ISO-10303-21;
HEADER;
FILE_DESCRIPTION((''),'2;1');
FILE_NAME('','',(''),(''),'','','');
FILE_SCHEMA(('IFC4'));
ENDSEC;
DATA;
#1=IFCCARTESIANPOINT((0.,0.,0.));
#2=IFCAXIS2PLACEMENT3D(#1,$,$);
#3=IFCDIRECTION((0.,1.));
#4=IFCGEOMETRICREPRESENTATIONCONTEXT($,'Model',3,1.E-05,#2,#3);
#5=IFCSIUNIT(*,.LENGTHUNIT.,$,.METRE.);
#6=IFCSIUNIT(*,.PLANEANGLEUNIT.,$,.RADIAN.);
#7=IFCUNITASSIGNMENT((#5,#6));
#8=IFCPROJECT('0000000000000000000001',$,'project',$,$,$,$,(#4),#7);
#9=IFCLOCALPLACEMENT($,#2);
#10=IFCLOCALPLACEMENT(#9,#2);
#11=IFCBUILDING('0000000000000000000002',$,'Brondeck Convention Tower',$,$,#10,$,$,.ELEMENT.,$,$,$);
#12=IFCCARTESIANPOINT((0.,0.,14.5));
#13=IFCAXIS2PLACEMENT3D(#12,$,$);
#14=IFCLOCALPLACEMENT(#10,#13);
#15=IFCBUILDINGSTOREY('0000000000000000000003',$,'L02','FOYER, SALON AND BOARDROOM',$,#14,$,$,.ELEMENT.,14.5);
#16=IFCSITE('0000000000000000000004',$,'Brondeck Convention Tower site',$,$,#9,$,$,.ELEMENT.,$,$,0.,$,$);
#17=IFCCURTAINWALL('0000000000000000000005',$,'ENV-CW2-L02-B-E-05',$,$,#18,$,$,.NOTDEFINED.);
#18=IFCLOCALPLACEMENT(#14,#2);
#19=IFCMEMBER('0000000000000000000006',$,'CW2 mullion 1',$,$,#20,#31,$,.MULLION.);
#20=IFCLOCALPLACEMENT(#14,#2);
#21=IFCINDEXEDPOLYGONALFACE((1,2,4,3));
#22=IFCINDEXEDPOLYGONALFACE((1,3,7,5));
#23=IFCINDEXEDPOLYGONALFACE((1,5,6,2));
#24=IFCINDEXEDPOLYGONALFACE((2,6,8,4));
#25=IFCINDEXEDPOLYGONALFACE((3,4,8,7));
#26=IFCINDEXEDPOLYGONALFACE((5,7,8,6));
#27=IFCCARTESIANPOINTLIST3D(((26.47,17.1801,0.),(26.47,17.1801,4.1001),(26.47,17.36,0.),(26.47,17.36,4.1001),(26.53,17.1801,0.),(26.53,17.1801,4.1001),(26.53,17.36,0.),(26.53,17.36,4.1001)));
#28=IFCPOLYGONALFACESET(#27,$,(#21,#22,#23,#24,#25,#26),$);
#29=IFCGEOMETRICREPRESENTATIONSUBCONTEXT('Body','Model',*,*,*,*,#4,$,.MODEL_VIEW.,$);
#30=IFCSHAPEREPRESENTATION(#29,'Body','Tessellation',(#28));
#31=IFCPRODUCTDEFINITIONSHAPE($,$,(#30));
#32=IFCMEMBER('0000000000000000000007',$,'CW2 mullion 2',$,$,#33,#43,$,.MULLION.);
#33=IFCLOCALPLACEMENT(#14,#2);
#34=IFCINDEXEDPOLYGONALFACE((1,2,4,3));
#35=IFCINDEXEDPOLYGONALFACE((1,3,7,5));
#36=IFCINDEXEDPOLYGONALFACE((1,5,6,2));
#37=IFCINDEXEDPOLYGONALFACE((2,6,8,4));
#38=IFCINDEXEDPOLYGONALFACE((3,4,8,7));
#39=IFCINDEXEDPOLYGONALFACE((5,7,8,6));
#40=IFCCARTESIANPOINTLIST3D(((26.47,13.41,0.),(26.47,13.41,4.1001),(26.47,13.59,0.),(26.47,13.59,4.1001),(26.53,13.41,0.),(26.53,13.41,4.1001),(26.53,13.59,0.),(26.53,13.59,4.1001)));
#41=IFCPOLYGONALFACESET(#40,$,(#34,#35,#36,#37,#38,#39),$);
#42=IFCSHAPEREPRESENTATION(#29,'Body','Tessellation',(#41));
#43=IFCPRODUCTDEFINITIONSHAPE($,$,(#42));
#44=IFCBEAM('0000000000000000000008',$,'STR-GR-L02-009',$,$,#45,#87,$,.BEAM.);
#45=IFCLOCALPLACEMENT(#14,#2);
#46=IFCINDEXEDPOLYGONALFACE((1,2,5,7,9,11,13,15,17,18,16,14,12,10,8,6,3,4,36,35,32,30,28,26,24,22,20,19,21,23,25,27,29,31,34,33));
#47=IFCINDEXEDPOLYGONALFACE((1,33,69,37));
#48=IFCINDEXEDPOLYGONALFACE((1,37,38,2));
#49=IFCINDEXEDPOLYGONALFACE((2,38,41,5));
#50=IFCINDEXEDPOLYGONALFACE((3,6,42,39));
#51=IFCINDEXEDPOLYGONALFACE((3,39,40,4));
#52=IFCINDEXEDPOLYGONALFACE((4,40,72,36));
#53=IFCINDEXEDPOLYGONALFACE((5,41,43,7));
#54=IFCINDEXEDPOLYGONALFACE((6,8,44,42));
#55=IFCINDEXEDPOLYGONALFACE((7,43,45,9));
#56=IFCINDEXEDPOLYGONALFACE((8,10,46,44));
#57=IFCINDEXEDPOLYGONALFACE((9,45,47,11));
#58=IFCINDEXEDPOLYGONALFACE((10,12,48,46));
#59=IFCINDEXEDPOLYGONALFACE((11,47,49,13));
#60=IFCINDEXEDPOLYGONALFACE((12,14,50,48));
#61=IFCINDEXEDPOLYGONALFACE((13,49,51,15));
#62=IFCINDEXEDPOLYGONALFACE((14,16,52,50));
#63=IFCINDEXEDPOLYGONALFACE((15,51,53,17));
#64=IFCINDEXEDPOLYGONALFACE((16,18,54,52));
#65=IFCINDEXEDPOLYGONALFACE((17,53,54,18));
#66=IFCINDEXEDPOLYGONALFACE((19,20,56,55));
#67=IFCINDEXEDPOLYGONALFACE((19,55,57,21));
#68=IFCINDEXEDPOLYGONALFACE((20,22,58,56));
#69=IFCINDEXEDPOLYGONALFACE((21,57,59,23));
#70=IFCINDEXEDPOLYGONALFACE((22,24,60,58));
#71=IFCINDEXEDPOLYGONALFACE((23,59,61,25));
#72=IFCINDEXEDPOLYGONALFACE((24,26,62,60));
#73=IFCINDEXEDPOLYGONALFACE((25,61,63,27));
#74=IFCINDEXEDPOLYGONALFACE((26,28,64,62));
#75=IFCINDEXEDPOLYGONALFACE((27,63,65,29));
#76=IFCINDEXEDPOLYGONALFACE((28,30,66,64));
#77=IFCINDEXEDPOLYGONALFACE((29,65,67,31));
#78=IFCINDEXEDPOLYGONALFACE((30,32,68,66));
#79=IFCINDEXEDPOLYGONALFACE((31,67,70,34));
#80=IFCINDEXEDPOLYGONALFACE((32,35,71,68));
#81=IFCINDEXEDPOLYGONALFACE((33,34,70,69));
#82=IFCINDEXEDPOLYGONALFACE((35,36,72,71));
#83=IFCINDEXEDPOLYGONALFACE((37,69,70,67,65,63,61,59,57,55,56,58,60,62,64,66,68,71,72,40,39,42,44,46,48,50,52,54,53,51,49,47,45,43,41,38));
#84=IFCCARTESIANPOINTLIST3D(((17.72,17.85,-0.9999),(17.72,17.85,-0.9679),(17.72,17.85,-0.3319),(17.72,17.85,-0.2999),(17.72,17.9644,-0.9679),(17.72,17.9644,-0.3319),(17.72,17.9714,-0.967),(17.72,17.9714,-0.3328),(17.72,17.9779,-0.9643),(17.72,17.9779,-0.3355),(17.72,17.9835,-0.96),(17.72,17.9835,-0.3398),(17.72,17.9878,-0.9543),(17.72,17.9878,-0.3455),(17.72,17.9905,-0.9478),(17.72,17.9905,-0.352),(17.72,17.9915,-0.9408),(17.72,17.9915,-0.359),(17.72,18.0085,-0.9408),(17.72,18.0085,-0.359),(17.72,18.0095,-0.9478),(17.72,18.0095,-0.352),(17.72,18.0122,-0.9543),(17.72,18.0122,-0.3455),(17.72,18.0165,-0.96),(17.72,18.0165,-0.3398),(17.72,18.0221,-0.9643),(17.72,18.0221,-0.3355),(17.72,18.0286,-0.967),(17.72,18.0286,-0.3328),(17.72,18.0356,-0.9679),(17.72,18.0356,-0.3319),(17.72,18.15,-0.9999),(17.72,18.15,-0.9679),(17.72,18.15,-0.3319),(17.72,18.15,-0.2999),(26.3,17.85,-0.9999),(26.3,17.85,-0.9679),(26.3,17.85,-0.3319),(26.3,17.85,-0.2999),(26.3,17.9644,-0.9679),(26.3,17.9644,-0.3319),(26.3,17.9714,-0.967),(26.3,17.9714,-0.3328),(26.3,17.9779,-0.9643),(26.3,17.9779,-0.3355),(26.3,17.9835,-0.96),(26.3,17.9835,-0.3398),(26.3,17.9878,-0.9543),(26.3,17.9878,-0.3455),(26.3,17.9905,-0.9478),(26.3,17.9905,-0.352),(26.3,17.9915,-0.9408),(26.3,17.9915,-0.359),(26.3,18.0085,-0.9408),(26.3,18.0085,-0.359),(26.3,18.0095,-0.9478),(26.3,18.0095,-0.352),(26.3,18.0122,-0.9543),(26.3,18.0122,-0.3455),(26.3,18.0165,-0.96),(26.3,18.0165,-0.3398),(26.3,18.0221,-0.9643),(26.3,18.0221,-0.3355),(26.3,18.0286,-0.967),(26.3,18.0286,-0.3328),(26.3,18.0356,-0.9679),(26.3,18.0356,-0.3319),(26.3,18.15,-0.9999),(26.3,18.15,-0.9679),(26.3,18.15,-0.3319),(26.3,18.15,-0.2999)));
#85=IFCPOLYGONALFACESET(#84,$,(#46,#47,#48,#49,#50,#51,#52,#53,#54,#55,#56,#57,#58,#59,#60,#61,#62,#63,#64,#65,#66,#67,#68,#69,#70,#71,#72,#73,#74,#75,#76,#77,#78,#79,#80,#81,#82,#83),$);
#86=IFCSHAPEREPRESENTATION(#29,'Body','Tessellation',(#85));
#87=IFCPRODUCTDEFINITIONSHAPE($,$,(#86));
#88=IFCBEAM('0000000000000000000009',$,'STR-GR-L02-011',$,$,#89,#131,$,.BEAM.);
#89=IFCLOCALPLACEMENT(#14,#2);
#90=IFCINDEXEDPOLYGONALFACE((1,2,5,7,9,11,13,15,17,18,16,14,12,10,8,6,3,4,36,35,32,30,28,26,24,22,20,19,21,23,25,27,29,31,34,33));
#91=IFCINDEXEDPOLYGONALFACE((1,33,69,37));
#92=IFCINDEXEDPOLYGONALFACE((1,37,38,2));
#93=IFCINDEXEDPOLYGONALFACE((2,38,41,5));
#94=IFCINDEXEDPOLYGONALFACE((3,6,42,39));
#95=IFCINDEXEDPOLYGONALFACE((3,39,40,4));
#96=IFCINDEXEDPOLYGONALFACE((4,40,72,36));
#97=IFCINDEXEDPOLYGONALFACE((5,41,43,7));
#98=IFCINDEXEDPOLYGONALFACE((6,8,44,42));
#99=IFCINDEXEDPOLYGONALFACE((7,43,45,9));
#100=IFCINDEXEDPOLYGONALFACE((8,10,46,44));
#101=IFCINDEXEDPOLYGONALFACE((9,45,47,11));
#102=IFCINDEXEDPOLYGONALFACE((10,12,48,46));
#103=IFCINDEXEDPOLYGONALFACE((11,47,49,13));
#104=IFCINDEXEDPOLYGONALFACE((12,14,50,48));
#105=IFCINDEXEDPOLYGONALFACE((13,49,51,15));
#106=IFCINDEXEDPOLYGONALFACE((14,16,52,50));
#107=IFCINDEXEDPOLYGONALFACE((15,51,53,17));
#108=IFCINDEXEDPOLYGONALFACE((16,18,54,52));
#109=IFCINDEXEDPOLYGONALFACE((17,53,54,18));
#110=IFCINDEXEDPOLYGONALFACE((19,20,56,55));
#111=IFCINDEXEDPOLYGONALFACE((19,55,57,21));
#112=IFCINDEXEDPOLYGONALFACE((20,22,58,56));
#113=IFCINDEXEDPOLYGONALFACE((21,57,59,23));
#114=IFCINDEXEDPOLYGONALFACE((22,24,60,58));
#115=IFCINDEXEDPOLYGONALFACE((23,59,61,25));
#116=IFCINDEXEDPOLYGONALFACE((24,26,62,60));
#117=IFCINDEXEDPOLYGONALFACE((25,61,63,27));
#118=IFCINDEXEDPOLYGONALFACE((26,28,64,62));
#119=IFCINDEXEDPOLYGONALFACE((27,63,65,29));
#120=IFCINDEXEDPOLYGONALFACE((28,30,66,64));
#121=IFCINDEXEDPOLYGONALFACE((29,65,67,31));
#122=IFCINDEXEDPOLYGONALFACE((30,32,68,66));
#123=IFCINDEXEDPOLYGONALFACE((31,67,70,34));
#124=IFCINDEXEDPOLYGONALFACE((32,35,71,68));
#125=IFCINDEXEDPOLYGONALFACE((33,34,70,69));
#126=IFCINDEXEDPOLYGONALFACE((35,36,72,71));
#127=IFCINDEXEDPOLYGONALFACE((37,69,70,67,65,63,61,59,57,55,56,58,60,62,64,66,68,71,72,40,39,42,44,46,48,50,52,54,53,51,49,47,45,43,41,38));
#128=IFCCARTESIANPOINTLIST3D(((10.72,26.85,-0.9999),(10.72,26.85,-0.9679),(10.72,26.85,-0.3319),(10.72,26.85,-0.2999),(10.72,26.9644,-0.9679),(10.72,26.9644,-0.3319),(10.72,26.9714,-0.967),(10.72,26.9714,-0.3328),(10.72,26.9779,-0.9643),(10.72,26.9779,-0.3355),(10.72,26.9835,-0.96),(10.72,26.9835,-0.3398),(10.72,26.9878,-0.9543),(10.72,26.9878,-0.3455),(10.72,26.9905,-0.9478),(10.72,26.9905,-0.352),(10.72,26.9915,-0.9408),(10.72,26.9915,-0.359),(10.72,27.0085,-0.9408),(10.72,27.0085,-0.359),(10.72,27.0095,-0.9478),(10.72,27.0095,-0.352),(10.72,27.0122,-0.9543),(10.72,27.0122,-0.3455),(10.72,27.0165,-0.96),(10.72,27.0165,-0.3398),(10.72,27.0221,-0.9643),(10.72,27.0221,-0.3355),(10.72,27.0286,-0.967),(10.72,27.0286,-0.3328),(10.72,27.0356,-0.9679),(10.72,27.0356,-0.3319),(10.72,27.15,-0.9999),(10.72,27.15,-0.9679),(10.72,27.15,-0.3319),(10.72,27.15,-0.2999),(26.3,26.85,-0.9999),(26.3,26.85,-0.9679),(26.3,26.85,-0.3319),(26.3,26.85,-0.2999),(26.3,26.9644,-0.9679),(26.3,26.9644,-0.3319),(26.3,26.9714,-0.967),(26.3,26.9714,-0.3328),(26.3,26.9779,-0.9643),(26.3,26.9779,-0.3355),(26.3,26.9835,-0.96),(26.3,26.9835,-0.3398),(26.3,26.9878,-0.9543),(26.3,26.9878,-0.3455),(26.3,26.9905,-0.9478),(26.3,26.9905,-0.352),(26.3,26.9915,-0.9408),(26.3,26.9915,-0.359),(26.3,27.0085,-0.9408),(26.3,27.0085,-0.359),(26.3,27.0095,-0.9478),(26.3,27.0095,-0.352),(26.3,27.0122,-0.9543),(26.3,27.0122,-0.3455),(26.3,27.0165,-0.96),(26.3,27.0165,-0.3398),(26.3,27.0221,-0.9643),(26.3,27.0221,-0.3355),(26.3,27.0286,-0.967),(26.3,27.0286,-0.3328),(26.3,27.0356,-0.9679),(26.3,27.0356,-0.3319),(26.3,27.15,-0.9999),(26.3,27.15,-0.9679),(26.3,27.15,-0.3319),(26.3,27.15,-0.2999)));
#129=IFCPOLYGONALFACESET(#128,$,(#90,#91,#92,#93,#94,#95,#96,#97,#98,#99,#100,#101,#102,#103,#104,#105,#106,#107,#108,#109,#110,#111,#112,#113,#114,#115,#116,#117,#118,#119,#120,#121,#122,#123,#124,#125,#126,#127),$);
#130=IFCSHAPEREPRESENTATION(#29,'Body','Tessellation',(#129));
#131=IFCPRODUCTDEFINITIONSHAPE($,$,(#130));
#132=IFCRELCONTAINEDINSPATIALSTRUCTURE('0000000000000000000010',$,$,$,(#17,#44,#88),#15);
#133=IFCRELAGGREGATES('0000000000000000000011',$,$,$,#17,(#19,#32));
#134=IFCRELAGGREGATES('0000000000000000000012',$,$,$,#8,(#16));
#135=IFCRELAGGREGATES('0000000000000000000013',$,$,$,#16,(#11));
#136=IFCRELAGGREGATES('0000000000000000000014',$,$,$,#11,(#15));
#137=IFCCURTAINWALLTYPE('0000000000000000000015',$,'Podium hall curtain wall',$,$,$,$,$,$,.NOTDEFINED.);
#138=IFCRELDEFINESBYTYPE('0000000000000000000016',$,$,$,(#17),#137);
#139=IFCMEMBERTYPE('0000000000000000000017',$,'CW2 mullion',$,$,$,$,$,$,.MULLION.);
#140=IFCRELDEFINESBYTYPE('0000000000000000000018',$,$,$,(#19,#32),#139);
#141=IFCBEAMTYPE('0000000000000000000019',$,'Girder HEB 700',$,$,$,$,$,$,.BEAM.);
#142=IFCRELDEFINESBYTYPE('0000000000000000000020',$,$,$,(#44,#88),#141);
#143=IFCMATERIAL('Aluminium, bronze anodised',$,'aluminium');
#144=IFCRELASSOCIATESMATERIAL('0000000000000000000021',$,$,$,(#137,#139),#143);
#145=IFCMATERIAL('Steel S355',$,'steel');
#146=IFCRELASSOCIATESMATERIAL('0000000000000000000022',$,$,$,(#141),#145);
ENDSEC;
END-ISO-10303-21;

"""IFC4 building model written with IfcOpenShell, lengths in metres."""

from ifc_helpers import new_model, si_unit, direction, frame, origin, origin_2d, place, context, subcontext, project, spatial, rectangle, i_section, extrude, material, material_profile, profile_set, type_object, element, aggregate, save


model = new_model("IFC4")

# Units and contexts
model_context = context("Model", 3, precision=1e-05, world=origin(), true_north=direction((0.0, 1.0)))
body_context = subcontext(model_context, "Body", "Model", "MODEL_VIEW")
ifc_project = project(units=[si_unit("LENGTHUNIT", "METRE"), si_unit("PLANEANGLEUNIT", "RADIAN")], contexts=[model_context])

# Site, building, storey
site_placement = place(None, origin())
site = spatial("IfcSite", under=ifc_project, at=site_placement, Name="Brondeck Convention Tower site", CompositionType="ELEMENT", RefElevation=0.0)
building_placement = place(site_placement, origin())
building = spatial("IfcBuilding", under=site, at=building_placement, Name="Brondeck Convention Tower", CompositionType="ELEMENT")
storey_placement = place(building_placement, frame((0.0, 0.0, 14.5)))
storey = spatial("IfcBuildingStorey", under=building, at=storey_placement, Name="L02", Description="FOYER, SALON AND BOARDROOM", CompositionType="ELEMENT", Elevation=14.5)

# Curtain wall, members
ifc_material_1 = material(Name="Aluminium, bronze anodised", Category="aluminium")
curtain_wall_type = type_object("IfcCurtainWallType", Name="Podium hall curtain wall", PredefinedType="NOTDEFINED", material=ifc_material_1)
curtain_wall_placement = place(storey_placement, origin())
curtain_wall = element("IfcCurtainWall", 1, at=curtain_wall_placement, inside=storey, type_object=curtain_wall_type, Name="ENV-CW2-L02-B-E-05", PredefinedType="NOTDEFINED")
ifc_material_profile_1 = material_profile(ifc_material_1, rectangle(XDim=0.0601, YDim=0.1799, at=origin_2d()), Name="CW2 mullion")
ifc_profile_set_1 = profile_set([ifc_material_profile_1], Name="Aluminium, bronze anodised")
member_type = type_object("IfcMemberType", Name="CW2 mullion", PredefinedType="MULLION", material=ifc_profile_set_1)
member_1_placement = place(storey_placement, frame((26.5, 17.27, 0.0), z_axis=(0.0, 0.0, 1.0), x_axis=(1.0, 0.0, 0.0)))
member_1 = element("IfcMember", 2, at=member_1_placement, type_object=member_type, Name="CW2 mullion 1", PredefinedType="MULLION", context=body_context, shape_type="SweptSolid", body=[
    extrude(rectangle(XDim=0.0601, YDim=0.1799, at=origin_2d()), origin(), (0.0, 0.0, 1.0), 4.1001),
])
member_2_placement = place(storey_placement, frame((26.5, 13.5, 0.0), z_axis=(0.0, 0.0, 1.0), x_axis=(1.0, 0.0, 0.0)))
member_2 = element("IfcMember", 3, at=member_2_placement, type_object=member_type, Name="CW2 mullion 2", PredefinedType="MULLION", context=body_context, shape_type="SweptSolid", body=[
    extrude(rectangle(XDim=0.0601, YDim=0.1799, at=origin_2d()), origin(), (0.0, 0.0, 1.0), 4.1001),
])
aggregate(curtain_wall, [member_1, member_2])

# Beams
ifc_material_2 = material(Name="Steel S355", Category="steel")
ifc_material_profile_2 = material_profile(ifc_material_2, i_section(OverallWidth=0.3, OverallDepth=0.7, WebThickness=0.0171, FlangeThickness=0.032, FilletRadius=0.0271, at=origin_2d()), Name="HEB 700")
ifc_profile_set_2 = profile_set([ifc_material_profile_2], Name="Steel S355")
beam_type = type_object("IfcBeamType", Name="Girder HEB 700", PredefinedType="BEAM", material=ifc_profile_set_2)
beam_1_placement = place(storey_placement, frame((17.72, 18.0, -0.6499), z_axis=(1.0, 0.0, 0.0), x_axis=(0.0, 1.0, 0.0)))
element("IfcBeam", 4, at=beam_1_placement, inside=storey, type_object=beam_type, Name="STR-GR-L02-009", PredefinedType="BEAM", context=body_context, shape_type="SweptSolid", body=[
    extrude(i_section(OverallWidth=0.3, OverallDepth=0.7, WebThickness=0.0171, FlangeThickness=0.032, FilletRadius=0.0271, at=origin_2d()), origin(), (0.0, 0.0, 1.0), 8.5801),
])
beam_2_placement = place(storey_placement, frame((10.72, 27.0, -0.6499), z_axis=(1.0, 0.0, 0.0), x_axis=(0.0, 1.0, 0.0)))
element("IfcBeam", 5, at=beam_2_placement, inside=storey, type_object=beam_type, Name="STR-GR-L02-011", PredefinedType="BEAM", context=body_context, shape_type="SweptSolid", body=[
    extrude(i_section(OverallWidth=0.3, OverallDepth=0.7, WebThickness=0.0171, FlangeThickness=0.032, FilletRadius=0.0271, at=origin_2d()), origin(), (0.0, 0.0, 1.0), 15.5801),
])

save(model, "model.ifc")
